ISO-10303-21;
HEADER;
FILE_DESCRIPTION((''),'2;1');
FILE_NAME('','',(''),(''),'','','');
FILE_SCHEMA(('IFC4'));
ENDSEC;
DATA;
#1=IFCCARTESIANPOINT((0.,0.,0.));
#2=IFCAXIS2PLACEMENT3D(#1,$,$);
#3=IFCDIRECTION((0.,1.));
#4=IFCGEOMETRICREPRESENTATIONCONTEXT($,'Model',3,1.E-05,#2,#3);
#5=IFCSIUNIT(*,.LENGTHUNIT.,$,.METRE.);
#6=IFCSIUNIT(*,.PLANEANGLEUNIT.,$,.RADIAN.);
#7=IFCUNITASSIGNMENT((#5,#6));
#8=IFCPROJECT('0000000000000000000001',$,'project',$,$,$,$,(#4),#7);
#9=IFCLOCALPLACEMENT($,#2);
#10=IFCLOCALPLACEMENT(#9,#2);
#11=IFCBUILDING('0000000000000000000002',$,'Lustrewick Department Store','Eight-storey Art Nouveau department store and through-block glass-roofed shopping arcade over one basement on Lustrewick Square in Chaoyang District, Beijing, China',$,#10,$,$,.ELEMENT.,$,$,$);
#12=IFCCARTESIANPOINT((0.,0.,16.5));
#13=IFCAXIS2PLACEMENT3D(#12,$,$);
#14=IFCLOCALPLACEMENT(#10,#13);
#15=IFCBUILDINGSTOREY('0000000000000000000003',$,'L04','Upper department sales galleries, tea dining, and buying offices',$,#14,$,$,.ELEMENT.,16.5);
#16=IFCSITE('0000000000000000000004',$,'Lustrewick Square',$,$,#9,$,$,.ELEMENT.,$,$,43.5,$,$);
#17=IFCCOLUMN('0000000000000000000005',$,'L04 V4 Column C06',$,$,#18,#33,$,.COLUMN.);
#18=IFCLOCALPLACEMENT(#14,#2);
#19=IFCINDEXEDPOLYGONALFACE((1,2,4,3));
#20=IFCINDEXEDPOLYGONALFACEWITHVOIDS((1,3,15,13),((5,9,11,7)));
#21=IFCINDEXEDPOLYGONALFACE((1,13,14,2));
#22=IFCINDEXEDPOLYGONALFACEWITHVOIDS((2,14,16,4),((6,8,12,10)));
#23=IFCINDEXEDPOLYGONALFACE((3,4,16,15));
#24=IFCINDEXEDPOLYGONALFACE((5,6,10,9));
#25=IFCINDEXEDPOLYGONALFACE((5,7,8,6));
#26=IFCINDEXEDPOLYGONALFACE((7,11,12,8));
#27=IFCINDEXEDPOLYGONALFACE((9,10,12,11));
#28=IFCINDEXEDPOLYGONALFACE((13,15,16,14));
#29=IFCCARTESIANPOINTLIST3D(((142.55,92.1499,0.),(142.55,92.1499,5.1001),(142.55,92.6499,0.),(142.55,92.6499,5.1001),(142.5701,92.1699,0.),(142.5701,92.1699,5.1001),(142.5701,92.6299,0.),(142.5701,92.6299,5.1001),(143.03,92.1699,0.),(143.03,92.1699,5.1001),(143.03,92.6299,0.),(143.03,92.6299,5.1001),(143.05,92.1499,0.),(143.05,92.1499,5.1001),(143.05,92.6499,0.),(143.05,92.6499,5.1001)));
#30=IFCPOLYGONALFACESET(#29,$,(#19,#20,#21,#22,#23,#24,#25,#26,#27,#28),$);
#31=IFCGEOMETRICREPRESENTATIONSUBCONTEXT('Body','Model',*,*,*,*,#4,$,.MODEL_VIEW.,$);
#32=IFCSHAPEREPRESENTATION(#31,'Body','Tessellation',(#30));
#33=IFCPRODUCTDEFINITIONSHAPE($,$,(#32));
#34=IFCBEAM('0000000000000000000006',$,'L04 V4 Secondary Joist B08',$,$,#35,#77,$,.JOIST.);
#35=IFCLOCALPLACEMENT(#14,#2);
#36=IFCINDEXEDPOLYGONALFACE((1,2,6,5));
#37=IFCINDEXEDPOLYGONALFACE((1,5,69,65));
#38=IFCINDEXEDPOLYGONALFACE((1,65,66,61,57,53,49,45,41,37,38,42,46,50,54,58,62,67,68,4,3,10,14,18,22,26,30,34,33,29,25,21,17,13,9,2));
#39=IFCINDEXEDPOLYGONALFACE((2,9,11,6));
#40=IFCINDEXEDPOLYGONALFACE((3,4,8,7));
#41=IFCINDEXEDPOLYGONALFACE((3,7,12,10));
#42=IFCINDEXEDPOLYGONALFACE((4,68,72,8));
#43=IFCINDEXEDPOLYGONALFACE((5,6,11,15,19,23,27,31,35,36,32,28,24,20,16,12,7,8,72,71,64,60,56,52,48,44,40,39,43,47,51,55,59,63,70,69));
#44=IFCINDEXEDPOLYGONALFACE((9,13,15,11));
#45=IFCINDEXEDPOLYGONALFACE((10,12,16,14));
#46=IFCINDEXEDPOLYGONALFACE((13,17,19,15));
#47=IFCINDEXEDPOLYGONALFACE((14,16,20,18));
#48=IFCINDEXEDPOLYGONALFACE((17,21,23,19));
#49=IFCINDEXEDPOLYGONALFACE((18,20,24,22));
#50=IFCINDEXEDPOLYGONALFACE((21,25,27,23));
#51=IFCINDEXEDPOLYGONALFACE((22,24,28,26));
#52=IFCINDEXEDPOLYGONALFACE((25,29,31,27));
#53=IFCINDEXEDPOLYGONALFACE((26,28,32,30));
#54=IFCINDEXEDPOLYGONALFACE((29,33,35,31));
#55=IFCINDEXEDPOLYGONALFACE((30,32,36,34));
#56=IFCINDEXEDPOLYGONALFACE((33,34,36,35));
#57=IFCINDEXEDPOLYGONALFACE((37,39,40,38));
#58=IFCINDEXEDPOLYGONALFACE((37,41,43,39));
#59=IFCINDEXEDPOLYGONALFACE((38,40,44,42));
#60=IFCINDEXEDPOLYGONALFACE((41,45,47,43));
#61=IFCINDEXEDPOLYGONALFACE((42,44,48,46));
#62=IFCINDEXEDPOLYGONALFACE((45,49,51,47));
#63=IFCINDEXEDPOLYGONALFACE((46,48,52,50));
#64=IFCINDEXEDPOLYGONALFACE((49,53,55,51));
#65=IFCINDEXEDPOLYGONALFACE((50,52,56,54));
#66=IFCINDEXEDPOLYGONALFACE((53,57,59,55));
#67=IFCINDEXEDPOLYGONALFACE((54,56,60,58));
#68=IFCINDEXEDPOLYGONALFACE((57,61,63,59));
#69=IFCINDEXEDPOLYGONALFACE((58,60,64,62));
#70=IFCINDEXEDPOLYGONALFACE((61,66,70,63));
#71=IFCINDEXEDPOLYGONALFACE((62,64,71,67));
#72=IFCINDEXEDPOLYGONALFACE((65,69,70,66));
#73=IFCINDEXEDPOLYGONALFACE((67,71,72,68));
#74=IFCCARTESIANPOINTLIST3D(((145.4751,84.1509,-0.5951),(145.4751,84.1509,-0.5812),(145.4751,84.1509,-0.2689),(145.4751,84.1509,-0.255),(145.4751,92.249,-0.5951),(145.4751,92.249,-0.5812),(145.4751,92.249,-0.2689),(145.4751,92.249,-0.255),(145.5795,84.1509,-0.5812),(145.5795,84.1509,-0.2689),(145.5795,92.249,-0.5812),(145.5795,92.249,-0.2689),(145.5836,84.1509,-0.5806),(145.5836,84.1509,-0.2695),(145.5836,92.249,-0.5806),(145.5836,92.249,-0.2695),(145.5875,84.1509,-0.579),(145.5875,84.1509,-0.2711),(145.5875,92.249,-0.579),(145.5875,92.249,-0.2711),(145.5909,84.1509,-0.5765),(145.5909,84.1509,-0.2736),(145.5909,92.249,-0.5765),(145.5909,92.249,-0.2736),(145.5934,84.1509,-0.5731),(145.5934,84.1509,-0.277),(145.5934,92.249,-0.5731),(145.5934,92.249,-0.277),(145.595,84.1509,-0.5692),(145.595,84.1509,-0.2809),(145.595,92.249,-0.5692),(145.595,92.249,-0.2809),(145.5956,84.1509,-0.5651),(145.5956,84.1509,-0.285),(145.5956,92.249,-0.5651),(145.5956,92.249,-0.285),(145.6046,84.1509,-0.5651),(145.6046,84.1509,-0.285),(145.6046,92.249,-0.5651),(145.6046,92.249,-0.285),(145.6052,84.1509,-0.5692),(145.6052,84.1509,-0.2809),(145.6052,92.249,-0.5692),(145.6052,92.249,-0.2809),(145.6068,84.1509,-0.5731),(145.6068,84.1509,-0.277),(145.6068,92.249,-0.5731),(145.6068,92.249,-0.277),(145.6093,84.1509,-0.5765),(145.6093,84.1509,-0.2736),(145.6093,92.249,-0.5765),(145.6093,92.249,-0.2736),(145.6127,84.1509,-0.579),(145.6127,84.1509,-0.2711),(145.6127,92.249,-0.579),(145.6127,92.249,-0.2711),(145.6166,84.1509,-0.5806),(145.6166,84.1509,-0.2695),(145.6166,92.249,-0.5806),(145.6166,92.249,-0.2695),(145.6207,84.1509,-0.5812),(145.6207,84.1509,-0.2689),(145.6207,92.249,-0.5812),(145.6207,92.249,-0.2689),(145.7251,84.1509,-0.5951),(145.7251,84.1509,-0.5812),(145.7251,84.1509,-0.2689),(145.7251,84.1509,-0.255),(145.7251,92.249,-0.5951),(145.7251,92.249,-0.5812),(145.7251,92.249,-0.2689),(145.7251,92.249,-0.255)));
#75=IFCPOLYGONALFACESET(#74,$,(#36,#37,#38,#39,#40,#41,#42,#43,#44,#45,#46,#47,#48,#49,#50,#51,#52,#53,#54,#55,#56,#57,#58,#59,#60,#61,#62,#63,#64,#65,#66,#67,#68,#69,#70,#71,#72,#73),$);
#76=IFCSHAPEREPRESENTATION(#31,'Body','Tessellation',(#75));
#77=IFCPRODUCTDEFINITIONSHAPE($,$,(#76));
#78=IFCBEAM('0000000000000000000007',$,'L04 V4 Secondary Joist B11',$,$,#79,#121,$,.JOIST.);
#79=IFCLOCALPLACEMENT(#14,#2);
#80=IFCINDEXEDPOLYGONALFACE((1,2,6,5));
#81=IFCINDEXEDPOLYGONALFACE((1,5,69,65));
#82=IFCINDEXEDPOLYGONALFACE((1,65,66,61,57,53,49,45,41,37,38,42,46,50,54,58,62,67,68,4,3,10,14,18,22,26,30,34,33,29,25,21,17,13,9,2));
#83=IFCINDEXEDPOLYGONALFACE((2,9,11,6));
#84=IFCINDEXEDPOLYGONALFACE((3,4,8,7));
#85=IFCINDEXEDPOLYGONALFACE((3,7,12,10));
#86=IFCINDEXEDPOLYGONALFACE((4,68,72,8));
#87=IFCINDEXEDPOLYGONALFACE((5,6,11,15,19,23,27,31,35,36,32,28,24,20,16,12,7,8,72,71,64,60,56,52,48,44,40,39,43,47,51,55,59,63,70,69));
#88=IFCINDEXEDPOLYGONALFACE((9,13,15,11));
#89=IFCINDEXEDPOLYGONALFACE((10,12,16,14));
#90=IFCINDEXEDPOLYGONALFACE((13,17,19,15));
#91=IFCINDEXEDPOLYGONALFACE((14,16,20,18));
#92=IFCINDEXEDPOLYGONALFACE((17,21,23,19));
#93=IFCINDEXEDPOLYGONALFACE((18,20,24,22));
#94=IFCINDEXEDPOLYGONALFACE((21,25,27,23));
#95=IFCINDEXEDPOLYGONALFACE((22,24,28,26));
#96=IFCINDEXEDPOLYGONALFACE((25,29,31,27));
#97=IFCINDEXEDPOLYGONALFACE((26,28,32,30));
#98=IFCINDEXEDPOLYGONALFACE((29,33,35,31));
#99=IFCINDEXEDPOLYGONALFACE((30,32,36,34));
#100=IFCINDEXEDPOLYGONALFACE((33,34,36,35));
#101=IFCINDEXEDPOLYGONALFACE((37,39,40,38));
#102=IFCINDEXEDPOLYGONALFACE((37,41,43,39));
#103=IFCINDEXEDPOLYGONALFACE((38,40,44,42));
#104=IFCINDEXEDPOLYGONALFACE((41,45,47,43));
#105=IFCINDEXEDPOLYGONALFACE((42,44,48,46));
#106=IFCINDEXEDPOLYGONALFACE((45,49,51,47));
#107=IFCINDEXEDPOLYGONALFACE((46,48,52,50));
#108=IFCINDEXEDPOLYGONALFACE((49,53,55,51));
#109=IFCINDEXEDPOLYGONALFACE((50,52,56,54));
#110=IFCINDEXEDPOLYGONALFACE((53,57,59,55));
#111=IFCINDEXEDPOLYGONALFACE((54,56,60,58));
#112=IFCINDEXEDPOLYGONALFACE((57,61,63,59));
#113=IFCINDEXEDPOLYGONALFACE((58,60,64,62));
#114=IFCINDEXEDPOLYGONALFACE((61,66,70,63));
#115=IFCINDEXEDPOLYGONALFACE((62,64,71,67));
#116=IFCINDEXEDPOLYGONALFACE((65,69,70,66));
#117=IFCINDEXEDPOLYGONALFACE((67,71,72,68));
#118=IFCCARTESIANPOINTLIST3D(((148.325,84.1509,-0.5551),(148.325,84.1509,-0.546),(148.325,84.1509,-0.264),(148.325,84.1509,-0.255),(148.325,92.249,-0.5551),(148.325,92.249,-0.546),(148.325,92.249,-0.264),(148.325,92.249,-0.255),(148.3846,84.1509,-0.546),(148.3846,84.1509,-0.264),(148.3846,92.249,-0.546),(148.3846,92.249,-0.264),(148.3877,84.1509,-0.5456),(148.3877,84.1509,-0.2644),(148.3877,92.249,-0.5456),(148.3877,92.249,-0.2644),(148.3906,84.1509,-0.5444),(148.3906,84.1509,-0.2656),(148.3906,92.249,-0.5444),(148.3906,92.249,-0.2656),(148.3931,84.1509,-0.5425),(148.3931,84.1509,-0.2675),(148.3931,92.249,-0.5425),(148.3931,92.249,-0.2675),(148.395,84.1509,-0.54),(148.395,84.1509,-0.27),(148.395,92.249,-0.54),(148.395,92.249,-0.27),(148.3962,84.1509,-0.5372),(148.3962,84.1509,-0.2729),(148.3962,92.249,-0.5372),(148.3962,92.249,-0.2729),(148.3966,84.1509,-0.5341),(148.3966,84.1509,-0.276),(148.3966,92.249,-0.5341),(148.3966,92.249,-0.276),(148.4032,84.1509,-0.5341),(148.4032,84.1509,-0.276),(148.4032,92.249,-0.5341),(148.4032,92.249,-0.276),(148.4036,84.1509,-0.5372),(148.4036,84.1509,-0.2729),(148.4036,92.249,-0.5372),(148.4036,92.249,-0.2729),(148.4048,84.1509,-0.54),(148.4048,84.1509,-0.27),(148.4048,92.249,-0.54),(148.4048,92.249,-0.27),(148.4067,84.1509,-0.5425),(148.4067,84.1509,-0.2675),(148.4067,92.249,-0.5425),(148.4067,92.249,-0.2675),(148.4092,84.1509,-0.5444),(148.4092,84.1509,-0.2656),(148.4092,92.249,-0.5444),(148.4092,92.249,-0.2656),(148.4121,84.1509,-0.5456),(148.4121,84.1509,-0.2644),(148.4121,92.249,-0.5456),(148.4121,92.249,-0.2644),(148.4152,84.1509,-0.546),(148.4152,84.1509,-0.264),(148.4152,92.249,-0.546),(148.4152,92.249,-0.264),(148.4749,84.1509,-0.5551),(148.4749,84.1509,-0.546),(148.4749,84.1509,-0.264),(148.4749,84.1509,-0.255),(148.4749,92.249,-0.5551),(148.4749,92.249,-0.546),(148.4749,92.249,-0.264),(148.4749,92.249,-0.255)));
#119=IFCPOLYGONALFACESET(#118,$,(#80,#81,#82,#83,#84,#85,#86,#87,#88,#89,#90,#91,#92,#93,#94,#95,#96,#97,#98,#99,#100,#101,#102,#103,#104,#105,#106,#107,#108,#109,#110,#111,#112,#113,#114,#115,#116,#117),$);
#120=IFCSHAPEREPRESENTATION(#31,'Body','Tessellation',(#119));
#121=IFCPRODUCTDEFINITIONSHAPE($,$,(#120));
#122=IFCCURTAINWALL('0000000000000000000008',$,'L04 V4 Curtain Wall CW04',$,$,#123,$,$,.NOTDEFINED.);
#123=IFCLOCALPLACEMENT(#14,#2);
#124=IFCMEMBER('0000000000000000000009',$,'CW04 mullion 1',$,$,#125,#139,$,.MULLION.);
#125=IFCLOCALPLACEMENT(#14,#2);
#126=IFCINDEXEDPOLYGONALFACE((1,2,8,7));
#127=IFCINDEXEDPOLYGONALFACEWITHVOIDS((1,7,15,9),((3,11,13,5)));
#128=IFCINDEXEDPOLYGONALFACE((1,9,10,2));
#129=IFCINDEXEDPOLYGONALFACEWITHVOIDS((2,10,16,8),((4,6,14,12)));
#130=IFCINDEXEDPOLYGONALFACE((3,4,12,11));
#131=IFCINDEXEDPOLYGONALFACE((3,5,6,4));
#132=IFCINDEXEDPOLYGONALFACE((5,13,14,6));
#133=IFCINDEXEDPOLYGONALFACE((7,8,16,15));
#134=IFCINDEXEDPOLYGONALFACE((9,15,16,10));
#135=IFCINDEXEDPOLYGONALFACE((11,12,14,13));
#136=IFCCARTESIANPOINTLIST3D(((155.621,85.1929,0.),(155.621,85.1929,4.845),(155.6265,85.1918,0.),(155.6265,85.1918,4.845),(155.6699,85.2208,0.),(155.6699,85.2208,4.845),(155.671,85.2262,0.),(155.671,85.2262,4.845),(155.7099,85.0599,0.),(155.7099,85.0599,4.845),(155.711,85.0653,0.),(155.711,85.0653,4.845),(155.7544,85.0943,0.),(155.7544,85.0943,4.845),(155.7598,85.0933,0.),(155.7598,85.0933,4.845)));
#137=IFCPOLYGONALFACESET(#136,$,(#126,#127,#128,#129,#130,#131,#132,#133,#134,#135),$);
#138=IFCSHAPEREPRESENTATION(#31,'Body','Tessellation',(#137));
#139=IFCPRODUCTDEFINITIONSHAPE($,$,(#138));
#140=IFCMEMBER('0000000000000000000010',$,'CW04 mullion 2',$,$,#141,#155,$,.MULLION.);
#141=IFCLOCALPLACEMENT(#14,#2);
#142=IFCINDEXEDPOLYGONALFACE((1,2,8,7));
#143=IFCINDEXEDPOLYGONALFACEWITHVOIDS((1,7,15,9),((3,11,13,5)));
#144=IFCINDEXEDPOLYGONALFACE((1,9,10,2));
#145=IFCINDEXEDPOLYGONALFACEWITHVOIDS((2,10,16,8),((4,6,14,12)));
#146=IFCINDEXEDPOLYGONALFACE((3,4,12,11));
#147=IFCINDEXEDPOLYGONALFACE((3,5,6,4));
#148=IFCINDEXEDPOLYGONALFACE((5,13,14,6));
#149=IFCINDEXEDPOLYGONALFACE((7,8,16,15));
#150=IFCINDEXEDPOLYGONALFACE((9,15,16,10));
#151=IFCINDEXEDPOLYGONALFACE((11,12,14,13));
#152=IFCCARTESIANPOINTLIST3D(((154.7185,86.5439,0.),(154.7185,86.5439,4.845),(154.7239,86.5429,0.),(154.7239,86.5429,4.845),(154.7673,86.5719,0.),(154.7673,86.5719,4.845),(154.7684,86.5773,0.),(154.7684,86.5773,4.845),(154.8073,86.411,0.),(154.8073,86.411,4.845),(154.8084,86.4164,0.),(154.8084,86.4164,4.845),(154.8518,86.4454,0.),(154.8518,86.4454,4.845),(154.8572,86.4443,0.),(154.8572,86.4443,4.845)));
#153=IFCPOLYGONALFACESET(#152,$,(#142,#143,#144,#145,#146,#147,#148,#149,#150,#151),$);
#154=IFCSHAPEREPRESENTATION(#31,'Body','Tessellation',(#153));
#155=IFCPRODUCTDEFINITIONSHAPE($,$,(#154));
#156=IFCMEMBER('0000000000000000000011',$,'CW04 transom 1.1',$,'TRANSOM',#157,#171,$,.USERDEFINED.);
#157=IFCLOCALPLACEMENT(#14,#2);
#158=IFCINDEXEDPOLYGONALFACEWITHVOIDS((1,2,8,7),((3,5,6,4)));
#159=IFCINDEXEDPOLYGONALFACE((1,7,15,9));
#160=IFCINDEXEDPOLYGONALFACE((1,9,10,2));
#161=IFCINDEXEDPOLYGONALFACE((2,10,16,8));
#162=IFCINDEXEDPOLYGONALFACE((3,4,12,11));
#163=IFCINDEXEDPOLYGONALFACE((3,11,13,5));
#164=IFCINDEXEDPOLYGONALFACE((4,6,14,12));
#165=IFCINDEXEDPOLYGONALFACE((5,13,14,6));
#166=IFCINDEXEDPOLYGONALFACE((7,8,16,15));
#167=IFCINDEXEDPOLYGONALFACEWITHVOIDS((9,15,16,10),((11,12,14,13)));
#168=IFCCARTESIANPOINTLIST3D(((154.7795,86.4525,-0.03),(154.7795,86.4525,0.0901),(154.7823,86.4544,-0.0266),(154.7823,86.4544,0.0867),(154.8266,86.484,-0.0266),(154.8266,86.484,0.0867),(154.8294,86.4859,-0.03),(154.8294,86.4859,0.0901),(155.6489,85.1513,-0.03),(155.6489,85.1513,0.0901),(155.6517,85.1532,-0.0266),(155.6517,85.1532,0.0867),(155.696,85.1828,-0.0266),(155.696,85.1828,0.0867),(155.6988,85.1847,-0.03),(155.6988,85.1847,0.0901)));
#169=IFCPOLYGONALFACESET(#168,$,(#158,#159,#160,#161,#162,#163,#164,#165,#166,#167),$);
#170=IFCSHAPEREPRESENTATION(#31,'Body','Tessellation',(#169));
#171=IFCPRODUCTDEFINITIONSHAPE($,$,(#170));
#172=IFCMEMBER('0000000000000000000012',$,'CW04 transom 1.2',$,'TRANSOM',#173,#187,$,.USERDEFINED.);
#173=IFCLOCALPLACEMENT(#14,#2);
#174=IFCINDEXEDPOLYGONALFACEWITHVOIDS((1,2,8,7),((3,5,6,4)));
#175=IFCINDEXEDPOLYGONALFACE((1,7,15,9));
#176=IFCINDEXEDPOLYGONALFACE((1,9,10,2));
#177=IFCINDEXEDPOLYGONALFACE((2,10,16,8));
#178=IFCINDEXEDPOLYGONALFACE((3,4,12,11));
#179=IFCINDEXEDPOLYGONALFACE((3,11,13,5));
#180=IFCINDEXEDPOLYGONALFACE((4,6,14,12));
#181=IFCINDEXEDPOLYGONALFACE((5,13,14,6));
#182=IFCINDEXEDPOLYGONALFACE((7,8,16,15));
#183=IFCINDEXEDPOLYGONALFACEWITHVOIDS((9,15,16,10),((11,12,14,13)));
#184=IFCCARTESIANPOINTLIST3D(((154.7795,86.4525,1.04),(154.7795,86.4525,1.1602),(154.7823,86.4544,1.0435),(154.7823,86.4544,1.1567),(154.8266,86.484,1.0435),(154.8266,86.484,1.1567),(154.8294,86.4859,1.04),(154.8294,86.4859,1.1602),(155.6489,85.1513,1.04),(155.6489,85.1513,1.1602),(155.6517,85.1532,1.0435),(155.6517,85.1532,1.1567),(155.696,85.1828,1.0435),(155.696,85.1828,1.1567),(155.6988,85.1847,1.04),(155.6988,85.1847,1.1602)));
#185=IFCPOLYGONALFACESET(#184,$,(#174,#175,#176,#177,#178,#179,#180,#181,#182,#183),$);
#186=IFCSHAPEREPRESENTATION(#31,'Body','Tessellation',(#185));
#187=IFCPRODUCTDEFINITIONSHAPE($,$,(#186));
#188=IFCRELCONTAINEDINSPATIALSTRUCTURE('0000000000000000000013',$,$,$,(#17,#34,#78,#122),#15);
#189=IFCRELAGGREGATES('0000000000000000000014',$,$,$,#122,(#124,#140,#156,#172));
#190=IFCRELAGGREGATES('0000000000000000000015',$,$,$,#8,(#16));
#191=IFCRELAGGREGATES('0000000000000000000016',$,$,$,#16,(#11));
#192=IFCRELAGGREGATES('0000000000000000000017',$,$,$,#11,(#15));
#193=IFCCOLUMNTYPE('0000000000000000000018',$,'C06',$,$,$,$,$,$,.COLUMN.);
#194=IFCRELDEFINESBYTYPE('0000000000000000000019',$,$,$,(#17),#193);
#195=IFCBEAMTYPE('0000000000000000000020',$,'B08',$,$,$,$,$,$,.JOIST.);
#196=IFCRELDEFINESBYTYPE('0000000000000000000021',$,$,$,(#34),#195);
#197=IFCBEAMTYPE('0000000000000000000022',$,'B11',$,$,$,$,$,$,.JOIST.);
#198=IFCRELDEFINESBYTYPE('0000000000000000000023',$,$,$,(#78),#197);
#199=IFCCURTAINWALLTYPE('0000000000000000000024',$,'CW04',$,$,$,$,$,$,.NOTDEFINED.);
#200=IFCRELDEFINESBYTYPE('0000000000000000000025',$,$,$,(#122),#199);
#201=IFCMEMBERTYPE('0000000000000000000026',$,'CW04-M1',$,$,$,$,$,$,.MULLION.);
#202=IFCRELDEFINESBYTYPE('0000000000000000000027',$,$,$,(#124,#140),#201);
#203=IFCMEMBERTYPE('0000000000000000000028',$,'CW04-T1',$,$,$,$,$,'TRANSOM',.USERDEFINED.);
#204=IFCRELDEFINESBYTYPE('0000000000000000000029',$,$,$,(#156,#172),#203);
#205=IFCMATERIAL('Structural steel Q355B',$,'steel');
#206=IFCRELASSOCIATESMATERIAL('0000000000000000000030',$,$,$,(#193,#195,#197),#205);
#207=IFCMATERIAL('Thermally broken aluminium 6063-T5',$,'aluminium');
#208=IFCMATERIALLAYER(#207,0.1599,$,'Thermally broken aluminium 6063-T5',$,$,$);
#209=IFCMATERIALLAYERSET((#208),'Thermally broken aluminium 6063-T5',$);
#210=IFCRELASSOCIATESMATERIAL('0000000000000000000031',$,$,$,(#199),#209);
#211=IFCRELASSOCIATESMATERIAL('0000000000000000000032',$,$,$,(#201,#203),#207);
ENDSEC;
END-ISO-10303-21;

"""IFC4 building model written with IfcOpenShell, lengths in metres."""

from ifc_helpers import new_model, si_unit, direction, frame, origin, origin_2d, place, context, subcontext, project, spatial, hollow_rectangle, i_section, extrude, material, layer, layer_set, material_profile, profile_set, type_object, element, aggregate, save


model = new_model("IFC4")

# Units and contexts
model_context = context("Model", 3, precision=1e-05, world=origin(), true_north=direction((0.0, 1.0)))
body_context = subcontext(model_context, "Body", "Model", "MODEL_VIEW")
ifc_project = project(units=[si_unit("LENGTHUNIT", "METRE"), si_unit("PLANEANGLEUNIT", "RADIAN")], contexts=[model_context])

# Site, building, storey
site_placement = place(None, origin())
site = spatial("IfcSite", under=ifc_project, at=site_placement, Name="Lustrewick Square", CompositionType="ELEMENT", RefElevation=43.5)
building_placement = place(site_placement, origin())
building = spatial("IfcBuilding", under=site, at=building_placement, Name="Lustrewick Department Store", Description="Eight-storey Art Nouveau department store and through-block glass-roofed shopping arcade over one basement on Lustrewick Square in Chaoyang District, Beijing, China", CompositionType="ELEMENT")
storey_placement = place(building_placement, frame((0.0, 0.0, 16.5)))
storey = spatial("IfcBuildingStorey", under=building, at=storey_placement, Name="L04", Description="Upper department sales galleries, tea dining, and buying offices", CompositionType="ELEMENT", Elevation=16.5)

# Column
ifc_material_1 = material(Name="Structural steel Q355B", Category="steel")
ifc_material_profile_1 = material_profile(ifc_material_1, hollow_rectangle(XDim=0.5, YDim=0.5, WallThickness=0.02, at=origin_2d()), Name="BOX 500x500x20")
ifc_profile_set_1 = profile_set([ifc_material_profile_1], Name="Structural steel Q355B")
column_type = type_object("IfcColumnType", Name="C06", PredefinedType="COLUMN", material=ifc_profile_set_1)
column_placement = place(storey_placement, frame((142.8, 92.3999, 0.0), z_axis=(0.0, 0.0, 1.0), x_axis=(1.0, 0.0, 0.0)))
element("IfcColumn", 1, at=column_placement, inside=storey, type_object=column_type, Name="L04 V4 Column C06", PredefinedType="COLUMN", context=body_context, shape_type="SweptSolid", body=[
    extrude(hollow_rectangle(XDim=0.5, YDim=0.5, WallThickness=0.02, at=origin_2d()), origin(), (0.0, 0.0, 1.0), 5.1001),
])

# Beams
ifc_material_profile_2 = material_profile(ifc_material_1, i_section(OverallWidth=0.25, OverallDepth=0.3401, WebThickness=0.009, FlangeThickness=0.0139, FilletRadius=0.0161, at=origin_2d()), Name="HM 340x250x9x14")
ifc_profile_set_2 = profile_set([ifc_material_profile_2], Name="Structural steel Q355B")
beam_type_1 = type_object("IfcBeamType", Name="B08", PredefinedType="JOIST", material=ifc_profile_set_2)
beam_1_placement = place(storey_placement, frame((145.6001, 84.1509, -0.425), z_axis=(0.0, 1.0, 0.0), x_axis=(-1.0, 0.0, 0.0)))
element("IfcBeam", 2, at=beam_1_placement, inside=storey, type_object=beam_type_1, Name="L04 V4 Secondary Joist B08", PredefinedType="JOIST", context=body_context, shape_type="SweptSolid", body=[
    extrude(i_section(OverallWidth=0.25, OverallDepth=0.3401, WebThickness=0.009, FlangeThickness=0.0139, FilletRadius=0.0161, at=origin_2d()), origin(), (0.0, 0.0, 1.0), 8.0981),
])
ifc_material_profile_3 = material_profile(ifc_material_1, i_section(OverallWidth=0.1499, OverallDepth=0.3, WebThickness=0.0066, FlangeThickness=0.009, FilletRadius=0.012, at=origin_2d()), Name="HN 300x150x6.5x9")
ifc_profile_set_3 = profile_set([ifc_material_profile_3], Name="Structural steel Q355B")
beam_type_2 = type_object("IfcBeamType", Name="B11", PredefinedType="JOIST", material=ifc_profile_set_3)
beam_2_placement = place(storey_placement, frame((148.3999, 84.1509, -0.405), z_axis=(0.0, 1.0, 0.0), x_axis=(-1.0, 0.0, 0.0)))
element("IfcBeam", 3, at=beam_2_placement, inside=storey, type_object=beam_type_2, Name="L04 V4 Secondary Joist B11", PredefinedType="JOIST", context=body_context, shape_type="SweptSolid", body=[
    extrude(i_section(OverallWidth=0.1499, OverallDepth=0.3, WebThickness=0.0066, FlangeThickness=0.009, FilletRadius=0.012, at=origin_2d()), origin(), (0.0, 0.0, 1.0), 8.0981),
])

# Curtain wall, members
ifc_material_2 = material(Name="Thermally broken aluminium 6063-T5", Category="aluminium")
ifc_layer_1 = layer(ifc_material_2, 0.1599, Name="Thermally broken aluminium 6063-T5")
ifc_layer_set_1 = layer_set([ifc_layer_1], Name="Thermally broken aluminium 6063-T5")
curtain_wall_type_1 = type_object("IfcCurtainWallType", Name="CW04", PredefinedType="NOTDEFINED", material=ifc_layer_set_1)
curtain_wall_1_placement = place(storey_placement, origin())
curtain_wall_1 = element("IfcCurtainWall", 4, at=curtain_wall_1_placement, inside=storey, type_object=curtain_wall_type_1, Name="L04 V4 Curtain Wall CW04", PredefinedType="NOTDEFINED")
ifc_material_profile_4 = material_profile(ifc_material_2, hollow_rectangle(XDim=0.0601, YDim=0.1599, WallThickness=0.0039, at=origin_2d()), Name="ALU-M 60x160x4")
ifc_profile_set_4 = profile_set([ifc_material_profile_4], Name="Thermally broken aluminium 6063-T5")
member_type_1 = type_object("IfcMemberType", Name="CW04-M1", PredefinedType="MULLION", material=ifc_profile_set_4)
member_1_placement = place(storey_placement, frame((155.6904, 85.1431, 0.0), z_axis=(0.0, 0.0, 1.0), x_axis=(-0.831475, -0.555563, 0.0)))
member_1 = element("IfcMember", 5, at=member_1_placement, type_object=member_type_1, Name="CW04 mullion 1", PredefinedType="MULLION", context=body_context, shape_type="SweptSolid", body=[
    extrude(hollow_rectangle(XDim=0.0601, YDim=0.1599, WallThickness=0.0039, at=origin_2d()), origin(), (0.0, 0.0, 1.0), 4.845),
])
member_2_placement = place(storey_placement, frame((154.7878, 86.4941, 0.0), z_axis=(0.0, 0.0, 1.0), x_axis=(-0.831475, -0.555563, 0.0)))
member_2 = element("IfcMember", 6, at=member_2_placement, type_object=member_type_1, Name="CW04 mullion 2", PredefinedType="MULLION", context=body_context, shape_type="SweptSolid", body=[
    extrude(hollow_rectangle(XDim=0.0601, YDim=0.1599, WallThickness=0.0039, at=origin_2d()), origin(), (0.0, 0.0, 1.0), 4.845),
])
ifc_material_profile_5 = material_profile(ifc_material_2, hollow_rectangle(XDim=0.0601, YDim=0.1201, WallThickness=0.0034, at=origin_2d()), Name="ALU-T 60x120x3.5")
ifc_profile_set_5 = profile_set([ifc_material_profile_5], Name="Thermally broken aluminium 6063-T5")
member_type_2 = type_object("IfcMemberType", Name="CW04-T1", ElementType="TRANSOM", PredefinedType="USERDEFINED", material=ifc_profile_set_5)
member_3_placement = place(storey_placement, frame((155.6738, 85.168, 0.03), z_axis=(-0.555528, 0.831498, 0.0), x_axis=(-0.831498, -0.555528, 0.0)))
member_3 = element("IfcMember", 7, at=member_3_placement, type_object=member_type_2, Name="CW04 transom 1.1", ObjectType="TRANSOM", PredefinedType="USERDEFINED", context=body_context, shape_type="SweptSolid", body=[
    extrude(hollow_rectangle(XDim=0.0601, YDim=0.1201, WallThickness=0.0034, at=origin_2d()), origin(), (0.0, 0.0, 1.0), 1.5649),
])
member_4_placement = place(storey_placement, frame((155.6738, 85.168, 1.1001), z_axis=(-0.555528, 0.831498, 0.0), x_axis=(-0.831498, -0.555528, 0.0)))
member_4 = element("IfcMember", 8, at=member_4_placement, type_object=member_type_2, Name="CW04 transom 1.2", ObjectType="TRANSOM", PredefinedType="USERDEFINED", context=body_context, shape_type="SweptSolid", body=[
    extrude(hollow_rectangle(XDim=0.0601, YDim=0.1201, WallThickness=0.0034, at=origin_2d()), origin(), (0.0, 0.0, 1.0), 1.5649),
])

aggregate(curtain_wall_1, [member_1, member_2, member_3, member_4])

save(model, "model.ifc")
